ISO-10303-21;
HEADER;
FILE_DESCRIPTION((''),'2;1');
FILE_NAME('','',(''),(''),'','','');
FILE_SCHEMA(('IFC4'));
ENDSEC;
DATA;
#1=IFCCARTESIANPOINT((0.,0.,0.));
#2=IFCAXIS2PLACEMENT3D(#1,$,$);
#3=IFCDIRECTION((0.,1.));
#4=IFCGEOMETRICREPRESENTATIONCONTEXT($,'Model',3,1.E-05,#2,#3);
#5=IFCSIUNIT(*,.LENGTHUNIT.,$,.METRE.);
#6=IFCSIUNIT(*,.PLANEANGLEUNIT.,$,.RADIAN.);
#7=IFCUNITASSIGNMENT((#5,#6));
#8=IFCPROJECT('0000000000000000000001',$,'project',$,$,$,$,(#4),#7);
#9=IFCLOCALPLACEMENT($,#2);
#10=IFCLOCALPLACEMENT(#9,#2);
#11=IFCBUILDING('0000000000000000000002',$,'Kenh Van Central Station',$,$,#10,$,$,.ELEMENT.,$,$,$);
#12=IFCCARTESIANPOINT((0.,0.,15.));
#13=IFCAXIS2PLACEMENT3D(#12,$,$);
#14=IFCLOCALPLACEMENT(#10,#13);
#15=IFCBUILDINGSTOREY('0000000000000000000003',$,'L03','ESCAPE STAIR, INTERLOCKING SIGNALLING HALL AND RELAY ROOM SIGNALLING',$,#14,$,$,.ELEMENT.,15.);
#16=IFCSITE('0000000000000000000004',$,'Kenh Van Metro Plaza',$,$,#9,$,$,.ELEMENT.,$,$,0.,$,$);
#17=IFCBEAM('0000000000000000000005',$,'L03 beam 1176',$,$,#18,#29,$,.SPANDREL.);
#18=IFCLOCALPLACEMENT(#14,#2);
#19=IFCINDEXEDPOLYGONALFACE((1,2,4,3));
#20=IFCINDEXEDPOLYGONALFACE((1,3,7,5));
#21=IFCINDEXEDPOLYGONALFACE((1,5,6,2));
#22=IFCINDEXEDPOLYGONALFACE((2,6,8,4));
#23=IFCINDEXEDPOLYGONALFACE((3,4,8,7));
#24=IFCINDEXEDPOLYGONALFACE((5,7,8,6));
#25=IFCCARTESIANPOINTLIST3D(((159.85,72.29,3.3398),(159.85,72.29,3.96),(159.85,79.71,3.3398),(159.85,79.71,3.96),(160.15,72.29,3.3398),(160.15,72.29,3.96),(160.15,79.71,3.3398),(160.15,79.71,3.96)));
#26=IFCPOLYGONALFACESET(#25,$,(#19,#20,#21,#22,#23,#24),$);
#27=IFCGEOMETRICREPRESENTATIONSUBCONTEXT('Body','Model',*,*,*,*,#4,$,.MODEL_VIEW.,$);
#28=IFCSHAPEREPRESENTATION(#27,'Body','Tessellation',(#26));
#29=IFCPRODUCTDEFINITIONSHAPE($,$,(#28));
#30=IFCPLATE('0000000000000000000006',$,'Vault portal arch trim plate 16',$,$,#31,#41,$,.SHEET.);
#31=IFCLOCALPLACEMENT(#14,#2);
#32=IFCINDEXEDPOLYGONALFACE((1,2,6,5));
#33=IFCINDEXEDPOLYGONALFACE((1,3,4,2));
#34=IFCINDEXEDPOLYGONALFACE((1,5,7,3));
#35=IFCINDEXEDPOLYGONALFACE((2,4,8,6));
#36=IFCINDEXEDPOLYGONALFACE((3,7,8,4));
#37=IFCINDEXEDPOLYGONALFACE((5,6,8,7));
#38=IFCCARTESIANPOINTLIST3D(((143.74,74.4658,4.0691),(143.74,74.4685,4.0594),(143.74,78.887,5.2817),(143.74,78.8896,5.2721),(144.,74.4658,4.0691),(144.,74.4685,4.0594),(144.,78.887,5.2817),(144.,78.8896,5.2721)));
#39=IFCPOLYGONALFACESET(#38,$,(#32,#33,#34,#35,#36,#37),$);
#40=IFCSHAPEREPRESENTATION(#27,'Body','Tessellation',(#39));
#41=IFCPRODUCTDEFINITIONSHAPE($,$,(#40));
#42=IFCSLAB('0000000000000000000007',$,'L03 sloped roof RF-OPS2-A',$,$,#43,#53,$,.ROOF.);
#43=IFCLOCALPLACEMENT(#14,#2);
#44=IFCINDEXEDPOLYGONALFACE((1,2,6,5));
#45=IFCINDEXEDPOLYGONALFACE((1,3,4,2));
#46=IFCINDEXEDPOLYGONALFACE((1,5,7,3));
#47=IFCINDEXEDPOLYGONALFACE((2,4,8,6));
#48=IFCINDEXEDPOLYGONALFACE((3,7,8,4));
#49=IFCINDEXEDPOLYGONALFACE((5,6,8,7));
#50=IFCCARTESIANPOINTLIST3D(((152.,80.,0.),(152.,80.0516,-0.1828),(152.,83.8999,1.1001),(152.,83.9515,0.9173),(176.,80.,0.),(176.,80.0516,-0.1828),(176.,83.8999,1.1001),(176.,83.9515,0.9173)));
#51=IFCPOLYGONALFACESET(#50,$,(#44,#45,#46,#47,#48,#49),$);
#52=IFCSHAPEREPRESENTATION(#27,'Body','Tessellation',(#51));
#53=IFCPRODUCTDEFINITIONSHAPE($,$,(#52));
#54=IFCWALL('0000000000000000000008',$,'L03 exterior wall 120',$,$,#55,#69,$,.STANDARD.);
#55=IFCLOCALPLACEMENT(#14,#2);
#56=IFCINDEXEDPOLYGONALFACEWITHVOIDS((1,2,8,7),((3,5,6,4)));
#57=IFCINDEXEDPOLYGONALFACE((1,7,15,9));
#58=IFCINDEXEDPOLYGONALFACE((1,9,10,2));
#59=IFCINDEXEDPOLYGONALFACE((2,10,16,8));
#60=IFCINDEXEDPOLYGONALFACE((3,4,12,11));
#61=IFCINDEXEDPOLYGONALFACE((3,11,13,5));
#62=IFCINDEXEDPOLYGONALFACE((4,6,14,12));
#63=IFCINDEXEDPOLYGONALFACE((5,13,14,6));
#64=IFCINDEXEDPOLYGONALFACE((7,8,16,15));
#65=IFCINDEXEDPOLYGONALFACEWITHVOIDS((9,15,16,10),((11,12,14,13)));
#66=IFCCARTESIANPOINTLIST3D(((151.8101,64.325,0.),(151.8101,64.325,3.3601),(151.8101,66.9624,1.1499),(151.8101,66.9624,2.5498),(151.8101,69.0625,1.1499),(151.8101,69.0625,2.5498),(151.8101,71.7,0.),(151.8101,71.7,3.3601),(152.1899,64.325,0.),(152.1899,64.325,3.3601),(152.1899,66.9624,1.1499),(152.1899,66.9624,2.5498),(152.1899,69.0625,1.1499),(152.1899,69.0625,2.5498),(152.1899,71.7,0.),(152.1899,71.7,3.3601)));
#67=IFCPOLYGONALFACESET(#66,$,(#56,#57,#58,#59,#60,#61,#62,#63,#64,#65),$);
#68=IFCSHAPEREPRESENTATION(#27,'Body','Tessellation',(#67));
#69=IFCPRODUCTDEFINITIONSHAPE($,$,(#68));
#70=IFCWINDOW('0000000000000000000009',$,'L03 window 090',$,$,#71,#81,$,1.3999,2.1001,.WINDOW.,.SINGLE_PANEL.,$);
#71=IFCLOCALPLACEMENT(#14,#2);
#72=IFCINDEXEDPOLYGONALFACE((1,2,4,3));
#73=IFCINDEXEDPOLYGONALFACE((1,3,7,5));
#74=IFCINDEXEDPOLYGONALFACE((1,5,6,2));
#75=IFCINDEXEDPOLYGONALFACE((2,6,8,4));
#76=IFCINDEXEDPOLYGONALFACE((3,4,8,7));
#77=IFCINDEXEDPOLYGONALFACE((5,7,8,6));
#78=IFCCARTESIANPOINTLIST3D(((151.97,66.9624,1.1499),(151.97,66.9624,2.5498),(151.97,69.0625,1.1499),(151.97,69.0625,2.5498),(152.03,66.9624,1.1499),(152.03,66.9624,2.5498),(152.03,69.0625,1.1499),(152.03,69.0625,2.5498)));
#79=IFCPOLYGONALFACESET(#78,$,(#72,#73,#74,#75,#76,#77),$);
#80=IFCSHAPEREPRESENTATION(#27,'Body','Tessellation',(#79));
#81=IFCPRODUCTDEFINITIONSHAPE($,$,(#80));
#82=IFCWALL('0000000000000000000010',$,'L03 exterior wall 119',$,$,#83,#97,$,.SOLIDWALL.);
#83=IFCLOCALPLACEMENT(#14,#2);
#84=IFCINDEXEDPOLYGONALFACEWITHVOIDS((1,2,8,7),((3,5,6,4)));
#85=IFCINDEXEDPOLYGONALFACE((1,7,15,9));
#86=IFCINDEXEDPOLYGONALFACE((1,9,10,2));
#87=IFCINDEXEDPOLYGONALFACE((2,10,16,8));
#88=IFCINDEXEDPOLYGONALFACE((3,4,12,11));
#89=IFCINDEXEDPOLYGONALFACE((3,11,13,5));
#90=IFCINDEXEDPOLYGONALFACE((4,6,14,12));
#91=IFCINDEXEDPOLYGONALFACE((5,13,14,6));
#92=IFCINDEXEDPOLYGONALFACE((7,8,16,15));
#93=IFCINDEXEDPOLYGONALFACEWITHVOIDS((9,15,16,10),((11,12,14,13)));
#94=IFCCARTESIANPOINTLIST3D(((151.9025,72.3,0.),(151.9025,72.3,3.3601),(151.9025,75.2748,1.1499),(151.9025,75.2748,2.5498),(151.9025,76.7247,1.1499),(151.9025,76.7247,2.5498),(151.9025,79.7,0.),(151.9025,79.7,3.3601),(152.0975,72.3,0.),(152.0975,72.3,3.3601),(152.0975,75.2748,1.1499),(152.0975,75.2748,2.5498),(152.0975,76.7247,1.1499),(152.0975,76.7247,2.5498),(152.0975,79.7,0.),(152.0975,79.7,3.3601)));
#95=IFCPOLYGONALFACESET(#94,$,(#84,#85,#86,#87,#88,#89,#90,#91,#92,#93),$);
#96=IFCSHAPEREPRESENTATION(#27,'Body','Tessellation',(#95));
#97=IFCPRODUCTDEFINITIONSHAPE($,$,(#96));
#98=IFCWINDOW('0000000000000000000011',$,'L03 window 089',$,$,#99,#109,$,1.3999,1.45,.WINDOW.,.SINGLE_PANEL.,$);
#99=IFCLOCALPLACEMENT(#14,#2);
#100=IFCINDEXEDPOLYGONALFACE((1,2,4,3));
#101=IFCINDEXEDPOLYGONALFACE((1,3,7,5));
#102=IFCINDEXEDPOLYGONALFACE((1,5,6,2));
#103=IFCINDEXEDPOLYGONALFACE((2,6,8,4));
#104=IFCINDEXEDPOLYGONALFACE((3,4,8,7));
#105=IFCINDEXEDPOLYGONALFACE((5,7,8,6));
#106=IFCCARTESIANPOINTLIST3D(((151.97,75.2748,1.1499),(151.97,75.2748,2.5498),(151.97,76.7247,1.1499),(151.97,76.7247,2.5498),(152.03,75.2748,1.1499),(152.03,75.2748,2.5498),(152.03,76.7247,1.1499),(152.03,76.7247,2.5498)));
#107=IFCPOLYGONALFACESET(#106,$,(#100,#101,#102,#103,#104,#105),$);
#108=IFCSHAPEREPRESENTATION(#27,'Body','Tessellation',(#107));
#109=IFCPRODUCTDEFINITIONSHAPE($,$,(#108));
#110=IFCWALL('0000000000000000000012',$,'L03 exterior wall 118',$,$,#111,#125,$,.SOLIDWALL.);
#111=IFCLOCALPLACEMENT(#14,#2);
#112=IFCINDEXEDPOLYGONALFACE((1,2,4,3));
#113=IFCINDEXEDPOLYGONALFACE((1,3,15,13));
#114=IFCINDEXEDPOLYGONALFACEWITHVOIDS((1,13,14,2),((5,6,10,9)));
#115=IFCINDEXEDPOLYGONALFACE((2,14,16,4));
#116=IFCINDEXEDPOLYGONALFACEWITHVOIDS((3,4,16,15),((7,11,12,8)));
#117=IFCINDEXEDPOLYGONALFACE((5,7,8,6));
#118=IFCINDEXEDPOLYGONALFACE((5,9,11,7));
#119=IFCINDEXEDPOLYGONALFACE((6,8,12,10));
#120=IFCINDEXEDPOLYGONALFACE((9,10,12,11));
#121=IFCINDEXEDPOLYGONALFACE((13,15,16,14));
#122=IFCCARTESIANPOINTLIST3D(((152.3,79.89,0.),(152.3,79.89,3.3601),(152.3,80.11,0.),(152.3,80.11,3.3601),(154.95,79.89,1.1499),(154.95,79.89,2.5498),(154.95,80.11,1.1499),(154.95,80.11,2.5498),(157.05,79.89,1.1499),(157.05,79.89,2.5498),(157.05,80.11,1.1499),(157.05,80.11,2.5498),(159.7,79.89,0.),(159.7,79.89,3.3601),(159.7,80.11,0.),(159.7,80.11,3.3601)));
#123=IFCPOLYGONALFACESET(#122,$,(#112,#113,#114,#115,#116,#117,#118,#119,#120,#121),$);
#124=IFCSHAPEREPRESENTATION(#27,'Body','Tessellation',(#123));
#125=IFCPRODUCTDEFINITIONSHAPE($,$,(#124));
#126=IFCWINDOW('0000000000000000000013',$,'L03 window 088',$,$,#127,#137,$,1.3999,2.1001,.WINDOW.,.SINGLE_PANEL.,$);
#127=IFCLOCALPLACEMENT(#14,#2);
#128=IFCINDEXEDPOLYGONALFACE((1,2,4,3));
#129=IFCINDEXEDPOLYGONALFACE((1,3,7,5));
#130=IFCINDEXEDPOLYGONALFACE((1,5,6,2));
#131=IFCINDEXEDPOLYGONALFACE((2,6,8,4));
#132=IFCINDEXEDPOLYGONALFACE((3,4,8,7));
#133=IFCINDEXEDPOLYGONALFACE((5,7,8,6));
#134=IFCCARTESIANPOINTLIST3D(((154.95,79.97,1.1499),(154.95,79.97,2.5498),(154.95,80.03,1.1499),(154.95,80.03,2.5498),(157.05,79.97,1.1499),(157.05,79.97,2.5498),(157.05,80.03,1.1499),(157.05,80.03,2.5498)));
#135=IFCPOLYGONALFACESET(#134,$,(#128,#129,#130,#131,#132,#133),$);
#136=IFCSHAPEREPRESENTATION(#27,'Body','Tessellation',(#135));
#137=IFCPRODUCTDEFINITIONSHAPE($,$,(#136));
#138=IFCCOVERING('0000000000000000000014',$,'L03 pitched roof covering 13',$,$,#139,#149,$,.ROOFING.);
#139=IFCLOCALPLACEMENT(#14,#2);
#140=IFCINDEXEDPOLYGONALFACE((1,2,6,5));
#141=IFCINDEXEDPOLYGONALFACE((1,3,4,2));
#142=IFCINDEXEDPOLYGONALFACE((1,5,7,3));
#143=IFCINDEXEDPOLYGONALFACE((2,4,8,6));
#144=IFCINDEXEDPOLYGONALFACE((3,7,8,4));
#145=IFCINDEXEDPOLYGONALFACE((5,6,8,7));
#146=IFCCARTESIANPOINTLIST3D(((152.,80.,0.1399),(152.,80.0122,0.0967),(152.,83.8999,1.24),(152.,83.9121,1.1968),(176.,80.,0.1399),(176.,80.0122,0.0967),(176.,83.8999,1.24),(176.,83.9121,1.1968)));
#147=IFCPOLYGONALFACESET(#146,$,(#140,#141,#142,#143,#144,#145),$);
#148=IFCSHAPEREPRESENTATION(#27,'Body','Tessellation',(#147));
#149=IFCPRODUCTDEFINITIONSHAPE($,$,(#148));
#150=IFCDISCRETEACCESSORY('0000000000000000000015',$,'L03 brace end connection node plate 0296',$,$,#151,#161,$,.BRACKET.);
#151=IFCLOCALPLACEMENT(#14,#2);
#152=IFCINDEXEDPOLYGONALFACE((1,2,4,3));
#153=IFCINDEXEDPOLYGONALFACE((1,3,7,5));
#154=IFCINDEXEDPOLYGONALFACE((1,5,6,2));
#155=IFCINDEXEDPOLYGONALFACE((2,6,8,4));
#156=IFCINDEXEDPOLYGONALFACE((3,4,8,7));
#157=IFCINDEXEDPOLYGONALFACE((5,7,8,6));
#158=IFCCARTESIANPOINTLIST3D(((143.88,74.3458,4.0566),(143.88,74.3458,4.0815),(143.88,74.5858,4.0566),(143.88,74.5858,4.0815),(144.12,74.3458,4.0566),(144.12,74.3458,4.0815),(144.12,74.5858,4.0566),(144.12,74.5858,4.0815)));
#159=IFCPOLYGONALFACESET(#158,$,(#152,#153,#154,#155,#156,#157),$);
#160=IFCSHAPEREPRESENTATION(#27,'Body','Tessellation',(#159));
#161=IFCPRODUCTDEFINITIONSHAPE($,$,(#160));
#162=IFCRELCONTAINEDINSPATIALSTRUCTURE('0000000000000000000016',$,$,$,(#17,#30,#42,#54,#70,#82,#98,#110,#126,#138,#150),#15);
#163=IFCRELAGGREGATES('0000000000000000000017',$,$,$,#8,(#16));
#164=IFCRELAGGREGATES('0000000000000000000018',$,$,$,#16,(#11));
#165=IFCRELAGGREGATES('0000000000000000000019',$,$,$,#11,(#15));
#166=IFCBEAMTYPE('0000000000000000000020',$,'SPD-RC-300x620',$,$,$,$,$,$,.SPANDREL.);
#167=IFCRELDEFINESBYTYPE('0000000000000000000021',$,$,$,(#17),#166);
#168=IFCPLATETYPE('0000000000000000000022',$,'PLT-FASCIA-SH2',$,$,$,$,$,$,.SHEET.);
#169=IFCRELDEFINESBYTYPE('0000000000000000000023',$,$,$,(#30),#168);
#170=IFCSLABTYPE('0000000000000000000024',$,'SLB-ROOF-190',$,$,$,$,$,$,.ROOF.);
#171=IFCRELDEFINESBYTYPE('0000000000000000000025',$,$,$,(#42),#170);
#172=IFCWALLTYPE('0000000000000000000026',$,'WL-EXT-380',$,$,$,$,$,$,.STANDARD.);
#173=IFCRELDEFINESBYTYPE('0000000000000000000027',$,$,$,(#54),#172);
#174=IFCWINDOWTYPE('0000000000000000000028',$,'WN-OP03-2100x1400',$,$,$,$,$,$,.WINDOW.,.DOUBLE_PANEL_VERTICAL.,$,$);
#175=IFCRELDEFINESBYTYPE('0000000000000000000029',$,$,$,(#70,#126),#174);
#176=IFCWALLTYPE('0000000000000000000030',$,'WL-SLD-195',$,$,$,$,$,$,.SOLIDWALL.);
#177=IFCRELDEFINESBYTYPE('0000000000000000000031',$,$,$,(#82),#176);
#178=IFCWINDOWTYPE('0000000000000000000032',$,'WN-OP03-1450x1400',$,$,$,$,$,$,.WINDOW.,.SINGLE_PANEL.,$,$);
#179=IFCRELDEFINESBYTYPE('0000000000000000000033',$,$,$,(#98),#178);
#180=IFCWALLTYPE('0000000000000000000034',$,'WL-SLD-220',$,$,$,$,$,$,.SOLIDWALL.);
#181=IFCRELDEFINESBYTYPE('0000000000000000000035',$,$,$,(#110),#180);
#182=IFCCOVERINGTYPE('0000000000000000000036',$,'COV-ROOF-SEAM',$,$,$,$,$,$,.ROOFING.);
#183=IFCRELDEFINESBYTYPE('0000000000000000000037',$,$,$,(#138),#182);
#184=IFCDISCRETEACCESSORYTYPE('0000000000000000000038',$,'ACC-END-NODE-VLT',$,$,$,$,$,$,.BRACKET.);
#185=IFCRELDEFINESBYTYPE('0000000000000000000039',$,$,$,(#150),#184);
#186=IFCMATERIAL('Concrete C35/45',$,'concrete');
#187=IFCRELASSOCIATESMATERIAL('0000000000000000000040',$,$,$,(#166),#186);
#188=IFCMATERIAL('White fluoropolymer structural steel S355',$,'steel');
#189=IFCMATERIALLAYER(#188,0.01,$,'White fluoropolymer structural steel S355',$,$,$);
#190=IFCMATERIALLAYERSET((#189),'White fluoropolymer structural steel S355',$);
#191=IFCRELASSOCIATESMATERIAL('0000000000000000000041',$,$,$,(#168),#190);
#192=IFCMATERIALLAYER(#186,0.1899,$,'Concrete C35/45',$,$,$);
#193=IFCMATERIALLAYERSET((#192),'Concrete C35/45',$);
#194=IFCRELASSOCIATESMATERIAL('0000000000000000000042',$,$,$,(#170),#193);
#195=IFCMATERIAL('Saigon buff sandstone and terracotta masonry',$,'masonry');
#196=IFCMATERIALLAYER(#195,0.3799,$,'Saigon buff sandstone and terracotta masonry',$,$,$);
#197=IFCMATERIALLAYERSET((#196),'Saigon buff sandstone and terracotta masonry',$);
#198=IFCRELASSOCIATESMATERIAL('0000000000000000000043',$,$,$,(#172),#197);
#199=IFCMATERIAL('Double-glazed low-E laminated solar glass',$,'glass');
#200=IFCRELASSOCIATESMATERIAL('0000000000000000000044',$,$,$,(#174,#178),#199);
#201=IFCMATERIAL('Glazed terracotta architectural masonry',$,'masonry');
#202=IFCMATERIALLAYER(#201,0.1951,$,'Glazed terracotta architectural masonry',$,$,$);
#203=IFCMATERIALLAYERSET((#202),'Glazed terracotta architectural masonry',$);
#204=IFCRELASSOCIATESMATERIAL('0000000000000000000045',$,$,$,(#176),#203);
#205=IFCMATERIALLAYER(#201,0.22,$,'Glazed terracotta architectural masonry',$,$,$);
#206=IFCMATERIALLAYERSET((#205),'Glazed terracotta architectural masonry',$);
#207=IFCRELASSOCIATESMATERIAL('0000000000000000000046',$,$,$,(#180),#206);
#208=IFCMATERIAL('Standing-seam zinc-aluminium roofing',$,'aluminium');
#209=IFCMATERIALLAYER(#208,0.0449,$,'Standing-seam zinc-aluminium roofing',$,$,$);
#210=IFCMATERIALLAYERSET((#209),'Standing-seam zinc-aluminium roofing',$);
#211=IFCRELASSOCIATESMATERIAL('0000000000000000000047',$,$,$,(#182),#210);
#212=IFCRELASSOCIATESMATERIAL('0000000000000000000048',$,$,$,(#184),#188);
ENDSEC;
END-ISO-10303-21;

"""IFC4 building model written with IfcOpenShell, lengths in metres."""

from ifc_helpers import new_model, si_unit, direction, frame, frame_2d, origin, origin_2d, place, context, subcontext, project, spatial, polyline, rectangle, outline, extrude, material, layer, layer_set, material_profile, profile_set, type_object, element, fill, save


model = new_model("IFC4")

# Units and contexts
model_context = context("Model", 3, precision=1e-05, world=origin(), true_north=direction((0.0, 1.0)))
body_context = subcontext(model_context, "Body", "Model", "MODEL_VIEW")
ifc_project = project(units=[si_unit("LENGTHUNIT", "METRE"), si_unit("PLANEANGLEUNIT", "RADIAN")], contexts=[model_context])

# Site, building, storey
site_placement = place(None, origin())
site = spatial("IfcSite", under=ifc_project, at=site_placement, Name="Kenh Van Metro Plaza", CompositionType="ELEMENT", RefElevation=0.0)
building_placement = place(site_placement, origin())
building = spatial("IfcBuilding", under=site, at=building_placement, Name="Kenh Van Central Station", CompositionType="ELEMENT")
storey_placement = place(building_placement, frame((0.0, 0.0, 15.0)))
storey = spatial("IfcBuildingStorey", under=building, at=storey_placement, Name="L03", Description="ESCAPE STAIR, INTERLOCKING SIGNALLING HALL AND RELAY ROOM SIGNALLING", CompositionType="ELEMENT", Elevation=15.0)

# Shared definitions
ifc_material_1 = material(Name="Concrete C35/45", Category="concrete")

# Shared definitions
ifc_material_2 = material(Name="White fluoropolymer structural steel S355", Category="steel")

# Beam
ifc_material_profile_1 = material_profile(ifc_material_1, rectangle(XDim=0.3, YDim=0.6201, at=origin_2d()), Name="RC 300x620")
ifc_profile_set_1 = profile_set([ifc_material_profile_1], Name="Concrete C35/45")
beam_type_1 = type_object("IfcBeamType", Name="SPD-RC-300x620", PredefinedType="SPANDREL", material=ifc_profile_set_1)
for number, where, z_axis, x_axis, name in (
    (1, (160.0, 72.29, 3.6499), (0.0, 1.0, 0.0), (-1.0, 0.0, 0.0), "L03 beam 1176"),
):
    element("IfcBeam", number, at=place(storey_placement, frame(where, z_axis=z_axis, x_axis=x_axis)), inside=storey, type_object=beam_type_1, Name=name, PredefinedType="SPANDREL", context=body_context, shape_type="SweptSolid", body=[
        extrude(rectangle(XDim=0.3, YDim=0.6201, at=origin_2d()), origin(), (0.0, 0.0, 1.0), 7.4199),
    ])

# Plate
ifc_layer_1 = layer(ifc_material_2, 0.01, Name="White fluoropolymer structural steel S355")
ifc_layer_set_1 = layer_set([ifc_layer_1], Name="White fluoropolymer structural steel S355")
plate_type = type_object("IfcPlateType", Name="PLT-FASCIA-SH2", PredefinedType="SHEET", material=ifc_layer_set_1)
plate_placement = place(storey_placement, frame((144.0, 74.4658, 4.0691), z_axis=(0.0, -0.264514, 0.964382), x_axis=(-1.0, 0.0, 0.0)))
element("IfcPlate", 2, at=plate_placement, inside=storey, type_object=plate_type, Name="Vault portal arch trim plate 16", PredefinedType="SHEET", context=body_context, shape_type="SweptSolid", body=[
    extrude(outline(polyline([(0.0, 0.0), (0.26, 0.0), (0.26, -4.5844), (0.0, -4.5844), (0.0, 0.0)])), origin(), (0.0, 0.0, -1.0), 0.01),
])

# Slab
ifc_layer_2 = layer(ifc_material_1, 0.1899, Name="Concrete C35/45")
ifc_layer_set_2 = layer_set([ifc_layer_2], Name="Concrete C35/45")
slab_type = type_object("IfcSlabType", Name="SLB-ROOF-190", PredefinedType="ROOF", material=ifc_layer_set_2)
slab_placement = place(storey_placement, frame((152.0, 80.0, 0.0), z_axis=(0.0, -0.271489, 0.962442), x_axis=(1.0, 0.0, 0.0)))
element("IfcSlab", 3, at=slab_placement, inside=storey, type_object=slab_type, Name="L03 sloped roof RF-OPS2-A", PredefinedType="ROOF", context=body_context, shape_type="SweptSolid", body=[
    extrude(outline(polyline([(0.0, 0.0), (24.0, 0.0), (24.0, 4.0521), (0.0, 4.0521), (0.0, 0.0)])), origin(), (0.0, 0.0, -1.0), 0.1899),
])

# Walls, openings, windows
ifc_material_3 = material(Name="Saigon buff sandstone and terracotta masonry", Category="masonry")
ifc_layer_3 = layer(ifc_material_3, 0.3799, Name="Saigon buff sandstone and terracotta masonry")
ifc_layer_set_3 = layer_set([ifc_layer_3], Name="Saigon buff sandstone and terracotta masonry")
wall_type_1 = type_object("IfcWallType", Name="WL-EXT-380", PredefinedType="STANDARD", material=ifc_layer_set_3)
wall_1_placement = place(storey_placement, frame((152.0, 71.7, 0.0), z_axis=(0.0, 0.0, 1.0), x_axis=(0.0, -1.0, 0.0)))
wall_1 = element("IfcWall", 4, at=wall_1_placement, inside=storey, type_object=wall_type_1, Name="L03 exterior wall 120", PredefinedType="STANDARD", context=body_context, shape_type="SweptSolid", body=[
    extrude(rectangle(XDim=7.375, YDim=0.3799, at=frame_2d((3.6875, 0.0))), origin(), (0.0, 0.0, 1.0), 3.3601),
])
opening_1_placement = place(wall_1_placement, frame((2.6375, 0.0, 1.1499)))
opening_1 = element("IfcOpeningElement", 5, at=opening_1_placement, cuts=wall_1, PredefinedType="OPENING", context=body_context, shape_type="SweptSolid", body=[
    extrude(rectangle(XDim=2.1001, YDim=1.3999, at=frame_2d((1.05, 0.7))), frame((0.0, 0.2, 0.0), z_axis=(0.0, -1.0, 0.0), x_axis=(1.0, 0.0, 0.0)), (0.0, 0.0, 1.0), 0.3999),
])
ifc_material_4 = material(Name="Double-glazed low-E laminated solar glass", Category="glass")
window_type_1 = type_object("IfcWindowType", Name="WN-OP03-2100x1400", PartitioningType="DOUBLE_PANEL_VERTICAL", PredefinedType="WINDOW", material=ifc_material_4)
window_1_placement = place(opening_1_placement, origin())
window_1 = element("IfcWindow", 6, at=window_1_placement, inside=storey, type_object=window_type_1, Name="L03 window 090", OverallHeight=1.3999, OverallWidth=2.1001, PartitioningType="SINGLE_PANEL", PredefinedType="WINDOW", context=body_context, shape_type="SweptSolid", body=[
    extrude(rectangle(XDim=2.1001, YDim=1.3999, at=frame_2d((1.05, 0.7))), frame((0.0, 0.03, 0.0), z_axis=(0.0, -1.0, 0.0), x_axis=(1.0, 0.0, 0.0)), (0.0, 0.0, 1.0), 0.0601),
])
fill(opening_1, window_1)
ifc_material_5 = material(Name="Glazed terracotta architectural masonry", Category="masonry")
ifc_layer_4 = layer(ifc_material_5, 0.1951, Name="Glazed terracotta architectural masonry")
ifc_layer_set_4 = layer_set([ifc_layer_4], Name="Glazed terracotta architectural masonry")
wall_type_2 = type_object("IfcWallType", Name="WL-SLD-195", PredefinedType="SOLIDWALL", material=ifc_layer_set_4)
wall_2_placement = place(storey_placement, frame((152.0, 79.7, 0.0), z_axis=(0.0, 0.0, 1.0), x_axis=(0.0, -1.0, 0.0)))
wall_2 = element("IfcWall", 7, at=wall_2_placement, inside=storey, type_object=wall_type_2, Name="L03 exterior wall 119", PredefinedType="SOLIDWALL", context=body_context, shape_type="SweptSolid", body=[
    extrude(rectangle(XDim=7.3999, YDim=0.1951, at=frame_2d((3.7, 0.0))), origin(), (0.0, 0.0, 1.0), 3.3601),
])
opening_2_placement = place(wall_2_placement, frame((2.9751, 0.0, 1.1499)))
opening_2 = element("IfcOpeningElement", 8, at=opening_2_placement, cuts=wall_2, PredefinedType="OPENING", context=body_context, shape_type="SweptSolid", body=[
    extrude(rectangle(XDim=1.45, YDim=1.3999, at=frame_2d((0.7251, 0.7))), frame((0.0, 0.1074, 0.0), z_axis=(0.0, -1.0, 0.0), x_axis=(1.0, 0.0, 0.0)), (0.0, 0.0, 1.0), 0.2151),
])
window_type_2 = type_object("IfcWindowType", Name="WN-OP03-1450x1400", PartitioningType="SINGLE_PANEL", PredefinedType="WINDOW", material=ifc_material_4)
window_2_placement = place(opening_2_placement, origin())
window_2 = element("IfcWindow", 9, at=window_2_placement, inside=storey, type_object=window_type_2, Name="L03 window 089", OverallHeight=1.3999, OverallWidth=1.45, PartitioningType="SINGLE_PANEL", PredefinedType="WINDOW", context=body_context, shape_type="SweptSolid", body=[
    extrude(rectangle(XDim=1.45, YDim=1.3999, at=frame_2d((0.7251, 0.7))), frame((0.0, 0.03, 0.0), z_axis=(0.0, -1.0, 0.0), x_axis=(1.0, 0.0, 0.0)), (0.0, 0.0, 1.0), 0.0601),
])
fill(opening_2, window_2)
ifc_layer_5 = layer(ifc_material_5, 0.22, Name="Glazed terracotta architectural masonry")
ifc_layer_set_5 = layer_set([ifc_layer_5], Name="Glazed terracotta architectural masonry")
wall_type_3 = type_object("IfcWallType", Name="WL-SLD-220", PredefinedType="SOLIDWALL", material=ifc_layer_set_5)
wall_3_placement = place(storey_placement, frame((159.7, 80.0, 0.0), z_axis=(0.0, 0.0, 1.0), x_axis=(-1.0, 0.0, 0.0)))
wall_3 = element("IfcWall", 10, at=wall_3_placement, inside=storey, type_object=wall_type_3, Name="L03 exterior wall 118", PredefinedType="SOLIDWALL", context=body_context, shape_type="SweptSolid", body=[
    extrude(rectangle(XDim=7.3999, YDim=0.22, at=frame_2d((3.7, 0.0))), origin(), (0.0, 0.0, 1.0), 3.3601),
])
opening_3_placement = place(wall_3_placement, frame((2.6499, 0.0, 1.1499)))
opening_3 = element("IfcOpeningElement", 11, at=opening_3_placement, cuts=wall_3, PredefinedType="OPENING", context=body_context, shape_type="SweptSolid", body=[
    extrude(rectangle(XDim=2.1001, YDim=1.3999, at=frame_2d((1.05, 0.7))), frame((0.0, 0.1199, 0.0), z_axis=(0.0, -1.0, 0.0), x_axis=(1.0, 0.0, 0.0)), (0.0, 0.0, 1.0), 0.24),
])
window_3_placement = place(opening_3_placement, origin())
window_3 = element("IfcWindow", 12, at=window_3_placement, inside=storey, type_object=window_type_1, Name="L03 window 088", OverallHeight=1.3999, OverallWidth=2.1001, PartitioningType="SINGLE_PANEL", PredefinedType="WINDOW", context=body_context, shape_type="SweptSolid", body=[
    extrude(rectangle(XDim=2.1001, YDim=1.3999, at=frame_2d((1.05, 0.7))), frame((0.0, 0.03, 0.0), z_axis=(0.0, -1.0, 0.0), x_axis=(1.0, 0.0, 0.0)), (0.0, 0.0, 1.0), 0.0601),
])
fill(opening_3, window_3)

# Covering
ifc_material_6 = material(Name="Standing-seam zinc-aluminium roofing", Category="aluminium")
ifc_layer_6 = layer(ifc_material_6, 0.0449, Name="Standing-seam zinc-aluminium roofing")
ifc_layer_set_6 = layer_set([ifc_layer_6], Name="Standing-seam zinc-aluminium roofing")
covering_type = type_object("IfcCoveringType", Name="COV-ROOF-SEAM", PredefinedType="ROOFING", material=ifc_layer_set_6)
covering_placement = place(storey_placement, frame((152.0, 80.0, 0.1399), z_axis=(0.0, -0.271489, 0.962442), x_axis=(1.0, 0.0, 0.0)))
element("IfcCovering", 13, at=covering_placement, inside=storey, type_object=covering_type, Name="L03 pitched roof covering 13", PredefinedType="ROOFING", context=body_context, shape_type="SweptSolid", body=[
    extrude(outline(polyline([(0.0, 0.0), (24.0, 0.0), (24.0, 4.0521), (0.0, 4.0521), (0.0, 0.0)])), origin(), (0.0, 0.0, -1.0), 0.0449),
])

# Discrete accessory
discrete_accessory_type = type_object("IfcDiscreteAccessoryType", Name="ACC-END-NODE-VLT", PredefinedType="BRACKET", material=ifc_material_2)
discrete_accessory_placement = place(storey_placement, frame((144.0, 74.4658, 4.0566), z_axis=(0.0, 0.0, 1.0), x_axis=(1.0, 0.0, 0.0)))
element("IfcDiscreteAccessory", 14, at=discrete_accessory_placement, inside=storey, type_object=discrete_accessory_type, Name="L03 brace end connection node plate 0296", PredefinedType="BRACKET", context=body_context, shape_type="SweptSolid", body=[
    extrude(rectangle(XDim=0.24, YDim=0.24, at=origin_2d()), origin(), (0.0, 0.0, 1.0), 0.0249),
])

save(model, "model.ifc")
